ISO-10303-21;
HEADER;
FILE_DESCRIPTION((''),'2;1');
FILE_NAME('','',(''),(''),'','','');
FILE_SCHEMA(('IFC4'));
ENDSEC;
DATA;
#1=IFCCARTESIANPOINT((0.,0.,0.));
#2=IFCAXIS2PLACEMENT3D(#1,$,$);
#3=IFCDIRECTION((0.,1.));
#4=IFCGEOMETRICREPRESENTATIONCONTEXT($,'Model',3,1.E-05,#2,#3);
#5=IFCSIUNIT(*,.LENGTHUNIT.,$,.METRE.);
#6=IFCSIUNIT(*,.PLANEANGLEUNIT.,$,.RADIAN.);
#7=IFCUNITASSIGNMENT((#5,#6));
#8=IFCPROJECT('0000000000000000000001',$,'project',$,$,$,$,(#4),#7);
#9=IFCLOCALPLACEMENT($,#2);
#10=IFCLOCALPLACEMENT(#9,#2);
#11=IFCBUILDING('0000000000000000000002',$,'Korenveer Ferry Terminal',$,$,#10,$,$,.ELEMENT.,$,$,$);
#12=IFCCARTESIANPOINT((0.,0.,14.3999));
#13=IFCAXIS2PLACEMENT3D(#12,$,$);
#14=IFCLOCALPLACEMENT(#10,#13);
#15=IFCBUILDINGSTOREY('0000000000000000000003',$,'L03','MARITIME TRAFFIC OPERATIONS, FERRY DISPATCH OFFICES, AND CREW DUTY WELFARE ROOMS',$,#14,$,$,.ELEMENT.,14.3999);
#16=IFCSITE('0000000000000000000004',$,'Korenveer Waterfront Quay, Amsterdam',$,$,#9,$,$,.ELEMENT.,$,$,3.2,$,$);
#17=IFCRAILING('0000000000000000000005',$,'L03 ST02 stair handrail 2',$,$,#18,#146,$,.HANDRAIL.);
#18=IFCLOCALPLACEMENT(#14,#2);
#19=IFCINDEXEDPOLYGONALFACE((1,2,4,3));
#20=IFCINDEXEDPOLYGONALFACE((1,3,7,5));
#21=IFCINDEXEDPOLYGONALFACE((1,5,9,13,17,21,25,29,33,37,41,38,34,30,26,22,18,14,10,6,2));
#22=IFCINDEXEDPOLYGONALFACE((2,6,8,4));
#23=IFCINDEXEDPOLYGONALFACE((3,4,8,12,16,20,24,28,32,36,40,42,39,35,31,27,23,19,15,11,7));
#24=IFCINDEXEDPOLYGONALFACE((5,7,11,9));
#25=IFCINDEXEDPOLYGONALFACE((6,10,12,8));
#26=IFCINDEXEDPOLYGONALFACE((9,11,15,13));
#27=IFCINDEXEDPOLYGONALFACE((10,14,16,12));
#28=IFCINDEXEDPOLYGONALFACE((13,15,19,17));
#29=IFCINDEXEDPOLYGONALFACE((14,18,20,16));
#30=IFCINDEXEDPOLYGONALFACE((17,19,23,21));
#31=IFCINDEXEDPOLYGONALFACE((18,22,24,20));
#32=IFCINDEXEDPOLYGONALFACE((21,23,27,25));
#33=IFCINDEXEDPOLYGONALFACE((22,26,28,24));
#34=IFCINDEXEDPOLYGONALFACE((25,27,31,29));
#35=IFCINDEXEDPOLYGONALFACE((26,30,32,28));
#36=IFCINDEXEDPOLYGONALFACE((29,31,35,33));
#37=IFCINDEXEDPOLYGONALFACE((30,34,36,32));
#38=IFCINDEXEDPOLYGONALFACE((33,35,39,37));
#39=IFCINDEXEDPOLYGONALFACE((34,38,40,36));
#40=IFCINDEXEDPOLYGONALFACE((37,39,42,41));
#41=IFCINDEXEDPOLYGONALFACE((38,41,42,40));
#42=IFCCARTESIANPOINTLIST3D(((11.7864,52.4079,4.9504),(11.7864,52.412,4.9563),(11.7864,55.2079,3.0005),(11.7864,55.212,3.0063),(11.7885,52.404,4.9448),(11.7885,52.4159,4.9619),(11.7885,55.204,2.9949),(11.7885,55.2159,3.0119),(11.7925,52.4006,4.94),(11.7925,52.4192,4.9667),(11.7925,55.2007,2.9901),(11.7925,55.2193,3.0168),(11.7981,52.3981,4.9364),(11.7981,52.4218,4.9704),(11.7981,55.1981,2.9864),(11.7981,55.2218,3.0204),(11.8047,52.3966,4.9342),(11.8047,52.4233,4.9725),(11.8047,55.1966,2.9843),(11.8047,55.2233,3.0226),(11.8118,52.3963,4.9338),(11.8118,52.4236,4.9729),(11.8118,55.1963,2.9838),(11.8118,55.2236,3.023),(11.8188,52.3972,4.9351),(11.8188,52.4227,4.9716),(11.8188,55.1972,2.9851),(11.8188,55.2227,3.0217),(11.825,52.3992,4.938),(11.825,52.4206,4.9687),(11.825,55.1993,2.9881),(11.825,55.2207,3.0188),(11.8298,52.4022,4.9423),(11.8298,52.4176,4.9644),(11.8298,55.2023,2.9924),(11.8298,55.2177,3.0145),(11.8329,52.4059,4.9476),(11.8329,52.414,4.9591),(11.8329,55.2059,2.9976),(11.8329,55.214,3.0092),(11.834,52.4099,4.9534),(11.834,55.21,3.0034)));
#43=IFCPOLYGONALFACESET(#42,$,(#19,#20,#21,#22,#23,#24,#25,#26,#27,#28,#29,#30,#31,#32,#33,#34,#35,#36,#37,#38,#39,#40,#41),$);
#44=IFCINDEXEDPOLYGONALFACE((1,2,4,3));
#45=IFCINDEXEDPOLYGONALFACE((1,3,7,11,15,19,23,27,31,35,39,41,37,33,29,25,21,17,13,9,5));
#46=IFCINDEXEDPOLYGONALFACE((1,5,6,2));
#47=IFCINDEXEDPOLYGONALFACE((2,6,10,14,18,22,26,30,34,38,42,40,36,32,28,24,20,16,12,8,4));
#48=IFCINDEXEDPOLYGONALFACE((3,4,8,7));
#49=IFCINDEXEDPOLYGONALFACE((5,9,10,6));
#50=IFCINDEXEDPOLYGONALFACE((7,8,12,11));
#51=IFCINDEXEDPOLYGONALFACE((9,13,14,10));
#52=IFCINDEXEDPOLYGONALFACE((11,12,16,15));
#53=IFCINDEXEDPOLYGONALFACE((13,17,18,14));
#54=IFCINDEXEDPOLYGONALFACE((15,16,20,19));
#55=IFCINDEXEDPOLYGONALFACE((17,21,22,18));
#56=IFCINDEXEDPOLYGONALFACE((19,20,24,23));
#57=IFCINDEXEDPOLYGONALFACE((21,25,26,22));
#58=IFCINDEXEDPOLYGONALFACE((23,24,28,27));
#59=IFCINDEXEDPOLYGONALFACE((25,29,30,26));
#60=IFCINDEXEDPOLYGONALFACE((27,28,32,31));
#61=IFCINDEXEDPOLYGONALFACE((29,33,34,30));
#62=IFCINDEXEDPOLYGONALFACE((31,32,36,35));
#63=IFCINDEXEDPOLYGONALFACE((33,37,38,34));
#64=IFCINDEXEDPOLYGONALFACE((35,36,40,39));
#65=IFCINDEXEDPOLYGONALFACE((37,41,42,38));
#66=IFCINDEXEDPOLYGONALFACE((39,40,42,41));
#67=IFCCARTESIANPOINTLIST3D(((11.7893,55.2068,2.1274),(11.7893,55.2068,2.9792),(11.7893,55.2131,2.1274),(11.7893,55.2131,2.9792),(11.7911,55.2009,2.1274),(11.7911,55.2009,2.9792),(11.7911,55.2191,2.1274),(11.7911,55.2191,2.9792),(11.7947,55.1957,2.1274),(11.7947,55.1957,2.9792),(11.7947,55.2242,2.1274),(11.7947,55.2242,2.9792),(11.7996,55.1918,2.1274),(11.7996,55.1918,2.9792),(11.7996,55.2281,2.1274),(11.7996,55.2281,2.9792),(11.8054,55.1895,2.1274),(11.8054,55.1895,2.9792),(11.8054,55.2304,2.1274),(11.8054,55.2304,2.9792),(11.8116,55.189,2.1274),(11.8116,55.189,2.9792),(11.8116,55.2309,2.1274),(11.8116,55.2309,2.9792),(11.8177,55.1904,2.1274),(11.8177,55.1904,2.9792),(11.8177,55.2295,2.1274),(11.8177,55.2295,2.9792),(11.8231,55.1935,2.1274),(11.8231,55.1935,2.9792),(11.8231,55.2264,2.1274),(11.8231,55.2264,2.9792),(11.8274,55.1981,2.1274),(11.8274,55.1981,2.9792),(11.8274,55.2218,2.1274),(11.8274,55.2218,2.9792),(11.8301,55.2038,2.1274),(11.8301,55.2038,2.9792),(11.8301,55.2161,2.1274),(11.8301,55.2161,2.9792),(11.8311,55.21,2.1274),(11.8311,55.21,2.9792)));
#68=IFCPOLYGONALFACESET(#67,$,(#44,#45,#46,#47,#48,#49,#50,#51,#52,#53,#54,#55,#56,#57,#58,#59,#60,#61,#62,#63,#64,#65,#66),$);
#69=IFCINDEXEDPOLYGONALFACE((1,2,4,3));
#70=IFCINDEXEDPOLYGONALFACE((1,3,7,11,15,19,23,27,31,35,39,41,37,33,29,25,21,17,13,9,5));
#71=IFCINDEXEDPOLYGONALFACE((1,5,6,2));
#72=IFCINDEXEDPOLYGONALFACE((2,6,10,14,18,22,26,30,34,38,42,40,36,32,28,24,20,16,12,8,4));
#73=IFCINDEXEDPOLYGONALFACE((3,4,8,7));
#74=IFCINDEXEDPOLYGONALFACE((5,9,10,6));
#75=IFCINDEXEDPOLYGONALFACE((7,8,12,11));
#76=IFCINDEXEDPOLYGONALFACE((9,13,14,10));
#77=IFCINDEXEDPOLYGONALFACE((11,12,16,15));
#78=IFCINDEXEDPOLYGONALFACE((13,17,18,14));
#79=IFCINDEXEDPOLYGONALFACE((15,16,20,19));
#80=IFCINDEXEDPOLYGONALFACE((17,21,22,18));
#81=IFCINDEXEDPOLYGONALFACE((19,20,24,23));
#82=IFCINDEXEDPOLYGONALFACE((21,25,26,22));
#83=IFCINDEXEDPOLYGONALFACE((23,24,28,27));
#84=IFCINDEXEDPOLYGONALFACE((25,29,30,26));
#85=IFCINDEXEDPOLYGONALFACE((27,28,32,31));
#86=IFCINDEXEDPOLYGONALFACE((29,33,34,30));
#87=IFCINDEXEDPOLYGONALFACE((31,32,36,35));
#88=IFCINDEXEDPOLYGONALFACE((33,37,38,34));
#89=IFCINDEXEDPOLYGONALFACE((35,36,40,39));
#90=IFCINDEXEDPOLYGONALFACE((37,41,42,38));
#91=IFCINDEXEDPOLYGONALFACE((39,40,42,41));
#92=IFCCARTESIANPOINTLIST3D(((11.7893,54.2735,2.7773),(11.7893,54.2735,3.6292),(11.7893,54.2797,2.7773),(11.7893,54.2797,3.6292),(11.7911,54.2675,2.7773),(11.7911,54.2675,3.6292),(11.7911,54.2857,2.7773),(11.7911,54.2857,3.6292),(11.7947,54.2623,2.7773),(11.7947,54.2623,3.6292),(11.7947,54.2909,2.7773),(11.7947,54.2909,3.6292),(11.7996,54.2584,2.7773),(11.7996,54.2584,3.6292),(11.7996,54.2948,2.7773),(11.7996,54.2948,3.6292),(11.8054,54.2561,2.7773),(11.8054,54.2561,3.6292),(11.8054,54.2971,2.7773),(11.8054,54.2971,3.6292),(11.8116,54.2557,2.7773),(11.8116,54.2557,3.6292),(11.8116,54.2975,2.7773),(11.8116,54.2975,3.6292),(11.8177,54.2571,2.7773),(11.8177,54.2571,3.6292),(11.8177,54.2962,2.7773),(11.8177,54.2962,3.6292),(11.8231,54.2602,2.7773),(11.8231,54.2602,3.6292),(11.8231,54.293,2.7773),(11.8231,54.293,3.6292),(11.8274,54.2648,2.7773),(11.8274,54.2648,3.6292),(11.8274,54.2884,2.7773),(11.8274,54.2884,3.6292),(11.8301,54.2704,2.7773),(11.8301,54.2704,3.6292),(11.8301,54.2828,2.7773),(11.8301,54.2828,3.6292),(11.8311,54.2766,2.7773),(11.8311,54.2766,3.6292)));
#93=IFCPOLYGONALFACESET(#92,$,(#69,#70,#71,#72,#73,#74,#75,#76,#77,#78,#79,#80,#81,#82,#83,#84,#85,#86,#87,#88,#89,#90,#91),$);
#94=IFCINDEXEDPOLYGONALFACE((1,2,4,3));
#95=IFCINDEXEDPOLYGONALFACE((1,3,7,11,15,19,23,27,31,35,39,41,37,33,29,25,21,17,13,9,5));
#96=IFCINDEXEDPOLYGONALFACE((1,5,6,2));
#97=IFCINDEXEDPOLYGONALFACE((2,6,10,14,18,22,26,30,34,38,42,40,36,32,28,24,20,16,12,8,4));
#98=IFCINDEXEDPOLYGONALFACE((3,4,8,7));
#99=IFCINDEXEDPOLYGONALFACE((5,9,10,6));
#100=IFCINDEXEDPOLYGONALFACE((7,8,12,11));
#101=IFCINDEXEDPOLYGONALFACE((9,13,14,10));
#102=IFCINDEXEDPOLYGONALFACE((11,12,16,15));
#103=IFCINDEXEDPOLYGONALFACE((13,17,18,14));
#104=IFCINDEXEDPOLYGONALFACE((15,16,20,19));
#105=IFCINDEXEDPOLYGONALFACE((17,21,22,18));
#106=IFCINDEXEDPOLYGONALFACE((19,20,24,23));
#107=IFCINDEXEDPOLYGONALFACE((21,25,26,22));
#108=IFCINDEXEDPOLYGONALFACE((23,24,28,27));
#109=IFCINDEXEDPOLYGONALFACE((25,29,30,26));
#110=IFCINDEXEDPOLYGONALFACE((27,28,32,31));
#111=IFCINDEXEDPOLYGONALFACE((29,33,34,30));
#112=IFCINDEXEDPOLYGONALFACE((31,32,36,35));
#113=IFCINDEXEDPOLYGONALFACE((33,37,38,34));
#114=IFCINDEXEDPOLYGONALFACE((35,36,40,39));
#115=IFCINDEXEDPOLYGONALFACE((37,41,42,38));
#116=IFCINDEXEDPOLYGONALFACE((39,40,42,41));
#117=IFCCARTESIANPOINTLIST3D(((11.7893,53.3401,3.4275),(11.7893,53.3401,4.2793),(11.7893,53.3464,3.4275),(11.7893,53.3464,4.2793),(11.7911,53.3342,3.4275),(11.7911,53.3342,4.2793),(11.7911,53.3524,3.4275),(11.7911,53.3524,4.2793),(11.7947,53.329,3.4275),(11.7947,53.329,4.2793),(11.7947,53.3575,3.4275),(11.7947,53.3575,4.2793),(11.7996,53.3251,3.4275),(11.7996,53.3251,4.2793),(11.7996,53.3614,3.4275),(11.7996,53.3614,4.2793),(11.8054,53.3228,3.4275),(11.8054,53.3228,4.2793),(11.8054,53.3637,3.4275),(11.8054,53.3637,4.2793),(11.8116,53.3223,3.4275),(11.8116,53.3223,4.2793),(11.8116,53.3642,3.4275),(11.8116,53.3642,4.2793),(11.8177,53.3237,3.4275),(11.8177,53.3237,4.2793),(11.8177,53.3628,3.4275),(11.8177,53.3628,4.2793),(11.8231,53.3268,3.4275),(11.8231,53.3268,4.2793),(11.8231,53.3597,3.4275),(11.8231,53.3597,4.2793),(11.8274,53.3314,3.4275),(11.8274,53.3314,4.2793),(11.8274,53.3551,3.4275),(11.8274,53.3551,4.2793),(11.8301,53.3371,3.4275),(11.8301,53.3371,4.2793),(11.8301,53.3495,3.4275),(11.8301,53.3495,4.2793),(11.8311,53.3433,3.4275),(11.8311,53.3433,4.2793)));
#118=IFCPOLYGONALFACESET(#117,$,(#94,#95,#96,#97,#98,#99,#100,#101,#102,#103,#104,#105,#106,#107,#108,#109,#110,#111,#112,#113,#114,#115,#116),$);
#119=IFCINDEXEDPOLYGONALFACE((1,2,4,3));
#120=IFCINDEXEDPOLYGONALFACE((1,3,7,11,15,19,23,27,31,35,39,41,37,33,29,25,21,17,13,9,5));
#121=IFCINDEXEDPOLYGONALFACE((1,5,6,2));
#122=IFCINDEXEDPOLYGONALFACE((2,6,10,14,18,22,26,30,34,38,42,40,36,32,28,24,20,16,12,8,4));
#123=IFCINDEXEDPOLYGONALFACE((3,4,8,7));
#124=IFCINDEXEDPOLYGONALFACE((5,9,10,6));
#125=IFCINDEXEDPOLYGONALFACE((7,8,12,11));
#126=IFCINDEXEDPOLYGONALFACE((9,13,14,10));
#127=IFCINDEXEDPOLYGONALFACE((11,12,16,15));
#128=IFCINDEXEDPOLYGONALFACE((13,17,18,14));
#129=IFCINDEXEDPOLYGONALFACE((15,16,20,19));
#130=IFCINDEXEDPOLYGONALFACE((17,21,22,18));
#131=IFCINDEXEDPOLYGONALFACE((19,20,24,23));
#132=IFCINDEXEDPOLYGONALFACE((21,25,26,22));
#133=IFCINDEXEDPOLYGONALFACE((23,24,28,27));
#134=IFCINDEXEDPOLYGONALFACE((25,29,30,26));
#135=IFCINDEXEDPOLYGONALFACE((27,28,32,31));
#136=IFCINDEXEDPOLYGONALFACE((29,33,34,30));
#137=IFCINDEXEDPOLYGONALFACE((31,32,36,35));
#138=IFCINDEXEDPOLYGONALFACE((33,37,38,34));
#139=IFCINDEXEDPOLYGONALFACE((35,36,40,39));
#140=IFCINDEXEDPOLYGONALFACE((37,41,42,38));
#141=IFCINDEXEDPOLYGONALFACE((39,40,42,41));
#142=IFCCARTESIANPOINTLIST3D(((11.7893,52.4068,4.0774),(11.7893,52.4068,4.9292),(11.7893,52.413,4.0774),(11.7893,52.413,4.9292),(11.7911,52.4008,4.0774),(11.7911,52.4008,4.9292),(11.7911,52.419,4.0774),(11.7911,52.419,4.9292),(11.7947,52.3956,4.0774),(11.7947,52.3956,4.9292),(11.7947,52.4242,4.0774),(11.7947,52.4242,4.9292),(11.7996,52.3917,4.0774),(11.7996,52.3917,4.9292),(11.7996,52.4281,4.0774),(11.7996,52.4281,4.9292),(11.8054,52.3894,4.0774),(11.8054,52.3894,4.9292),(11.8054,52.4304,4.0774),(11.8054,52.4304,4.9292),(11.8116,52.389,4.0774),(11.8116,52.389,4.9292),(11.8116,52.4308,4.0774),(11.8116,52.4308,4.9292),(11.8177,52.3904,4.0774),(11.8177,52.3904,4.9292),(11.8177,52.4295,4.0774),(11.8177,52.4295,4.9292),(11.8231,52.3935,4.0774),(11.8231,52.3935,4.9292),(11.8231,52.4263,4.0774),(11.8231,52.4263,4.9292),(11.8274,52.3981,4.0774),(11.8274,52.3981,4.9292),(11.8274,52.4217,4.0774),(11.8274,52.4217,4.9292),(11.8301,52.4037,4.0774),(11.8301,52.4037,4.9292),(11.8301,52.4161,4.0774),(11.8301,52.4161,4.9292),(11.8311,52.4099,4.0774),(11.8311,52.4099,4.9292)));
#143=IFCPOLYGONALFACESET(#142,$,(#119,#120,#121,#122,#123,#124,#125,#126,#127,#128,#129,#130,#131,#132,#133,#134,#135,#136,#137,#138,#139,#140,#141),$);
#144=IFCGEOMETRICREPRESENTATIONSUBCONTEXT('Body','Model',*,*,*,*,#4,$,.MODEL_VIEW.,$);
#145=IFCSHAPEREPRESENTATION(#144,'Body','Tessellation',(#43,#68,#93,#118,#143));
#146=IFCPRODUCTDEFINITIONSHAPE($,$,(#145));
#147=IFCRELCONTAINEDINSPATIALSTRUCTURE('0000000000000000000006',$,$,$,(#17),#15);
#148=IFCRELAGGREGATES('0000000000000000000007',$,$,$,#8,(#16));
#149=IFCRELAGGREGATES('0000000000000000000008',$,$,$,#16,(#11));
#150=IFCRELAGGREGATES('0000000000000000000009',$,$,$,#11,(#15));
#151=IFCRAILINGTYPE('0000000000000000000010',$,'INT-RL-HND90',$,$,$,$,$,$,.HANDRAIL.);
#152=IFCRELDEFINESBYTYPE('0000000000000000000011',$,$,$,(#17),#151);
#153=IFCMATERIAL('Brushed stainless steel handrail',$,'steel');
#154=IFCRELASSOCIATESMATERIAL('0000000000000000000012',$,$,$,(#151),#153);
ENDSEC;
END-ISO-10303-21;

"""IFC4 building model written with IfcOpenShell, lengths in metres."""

from ifc_helpers import new_model, si_unit, direction, frame, origin, origin_2d, place, context, subcontext, project, spatial, circle, extrude, material, type_object, element, save


model = new_model("IFC4")

# Units and contexts
model_context = context("Model", 3, precision=1e-05, world=origin(), true_north=direction((0.0, 1.0)))
body_context = subcontext(model_context, "Body", "Model", "MODEL_VIEW")
ifc_project = project(units=[si_unit("LENGTHUNIT", "METRE"), si_unit("PLANEANGLEUNIT", "RADIAN")], contexts=[model_context])

# Site, building, storey
site_placement = place(None, origin())
site = spatial("IfcSite", under=ifc_project, at=site_placement, Name="Korenveer Waterfront Quay, Amsterdam", CompositionType="ELEMENT", RefElevation=3.2)
building_placement = place(site_placement, origin())
building = spatial("IfcBuilding", under=site, at=building_placement, Name="Korenveer Ferry Terminal", CompositionType="ELEMENT")
storey_placement = place(building_placement, frame((0.0, 0.0, 14.3999)))
storey = spatial("IfcBuildingStorey", under=building, at=storey_placement, Name="L03", Description="MARITIME TRAFFIC OPERATIONS, FERRY DISPATCH OFFICES, AND CREW DUTY WELFARE ROOMS", CompositionType="ELEMENT", Elevation=14.3999)

# Railing
ifc_material_1 = material(Name="Brushed stainless steel handrail", Category="steel")
railing_type_1 = type_object("IfcRailingType", Name="INT-RL-HND90", PredefinedType="HANDRAIL", material=ifc_material_1)
railing_1_placement = place(storey_placement, frame((11.8101, 55.21, 2.1274)))
element("IfcRailing", 1, at=railing_1_placement, inside=storey, type_object=railing_type_1, Name="L03 ST02 stair handrail 2", PredefinedType="HANDRAIL", context=body_context, shape_type="SweptSolid", body=[
    extrude(circle(Radius=0.0239, at=origin_2d()), frame((0.0, 0.0, 0.876), z_axis=(0.0, -0.820618, 0.571477), x_axis=(1.0, 0.0, 0.0)), (0.0, 0.0, 1.0), 3.4121),
    extrude(circle(Radius=0.021, at=origin_2d()), origin(), (0.0, 0.0, 1.0), 0.8518),
    extrude(circle(Radius=0.021, at=origin_2d()), frame((0.0, -0.9333, 0.6499)), (0.0, 0.0, 1.0), 0.8518),
    extrude(circle(Radius=0.021, at=origin_2d()), frame((0.0, -1.8667, 1.3)), (0.0, 0.0, 1.0), 0.8518),
    extrude(circle(Radius=0.021, at=origin_2d()), frame((0.0, -2.8, 1.95)), (0.0, 0.0, 1.0), 0.8518),
])

save(model, "model.ifc")
